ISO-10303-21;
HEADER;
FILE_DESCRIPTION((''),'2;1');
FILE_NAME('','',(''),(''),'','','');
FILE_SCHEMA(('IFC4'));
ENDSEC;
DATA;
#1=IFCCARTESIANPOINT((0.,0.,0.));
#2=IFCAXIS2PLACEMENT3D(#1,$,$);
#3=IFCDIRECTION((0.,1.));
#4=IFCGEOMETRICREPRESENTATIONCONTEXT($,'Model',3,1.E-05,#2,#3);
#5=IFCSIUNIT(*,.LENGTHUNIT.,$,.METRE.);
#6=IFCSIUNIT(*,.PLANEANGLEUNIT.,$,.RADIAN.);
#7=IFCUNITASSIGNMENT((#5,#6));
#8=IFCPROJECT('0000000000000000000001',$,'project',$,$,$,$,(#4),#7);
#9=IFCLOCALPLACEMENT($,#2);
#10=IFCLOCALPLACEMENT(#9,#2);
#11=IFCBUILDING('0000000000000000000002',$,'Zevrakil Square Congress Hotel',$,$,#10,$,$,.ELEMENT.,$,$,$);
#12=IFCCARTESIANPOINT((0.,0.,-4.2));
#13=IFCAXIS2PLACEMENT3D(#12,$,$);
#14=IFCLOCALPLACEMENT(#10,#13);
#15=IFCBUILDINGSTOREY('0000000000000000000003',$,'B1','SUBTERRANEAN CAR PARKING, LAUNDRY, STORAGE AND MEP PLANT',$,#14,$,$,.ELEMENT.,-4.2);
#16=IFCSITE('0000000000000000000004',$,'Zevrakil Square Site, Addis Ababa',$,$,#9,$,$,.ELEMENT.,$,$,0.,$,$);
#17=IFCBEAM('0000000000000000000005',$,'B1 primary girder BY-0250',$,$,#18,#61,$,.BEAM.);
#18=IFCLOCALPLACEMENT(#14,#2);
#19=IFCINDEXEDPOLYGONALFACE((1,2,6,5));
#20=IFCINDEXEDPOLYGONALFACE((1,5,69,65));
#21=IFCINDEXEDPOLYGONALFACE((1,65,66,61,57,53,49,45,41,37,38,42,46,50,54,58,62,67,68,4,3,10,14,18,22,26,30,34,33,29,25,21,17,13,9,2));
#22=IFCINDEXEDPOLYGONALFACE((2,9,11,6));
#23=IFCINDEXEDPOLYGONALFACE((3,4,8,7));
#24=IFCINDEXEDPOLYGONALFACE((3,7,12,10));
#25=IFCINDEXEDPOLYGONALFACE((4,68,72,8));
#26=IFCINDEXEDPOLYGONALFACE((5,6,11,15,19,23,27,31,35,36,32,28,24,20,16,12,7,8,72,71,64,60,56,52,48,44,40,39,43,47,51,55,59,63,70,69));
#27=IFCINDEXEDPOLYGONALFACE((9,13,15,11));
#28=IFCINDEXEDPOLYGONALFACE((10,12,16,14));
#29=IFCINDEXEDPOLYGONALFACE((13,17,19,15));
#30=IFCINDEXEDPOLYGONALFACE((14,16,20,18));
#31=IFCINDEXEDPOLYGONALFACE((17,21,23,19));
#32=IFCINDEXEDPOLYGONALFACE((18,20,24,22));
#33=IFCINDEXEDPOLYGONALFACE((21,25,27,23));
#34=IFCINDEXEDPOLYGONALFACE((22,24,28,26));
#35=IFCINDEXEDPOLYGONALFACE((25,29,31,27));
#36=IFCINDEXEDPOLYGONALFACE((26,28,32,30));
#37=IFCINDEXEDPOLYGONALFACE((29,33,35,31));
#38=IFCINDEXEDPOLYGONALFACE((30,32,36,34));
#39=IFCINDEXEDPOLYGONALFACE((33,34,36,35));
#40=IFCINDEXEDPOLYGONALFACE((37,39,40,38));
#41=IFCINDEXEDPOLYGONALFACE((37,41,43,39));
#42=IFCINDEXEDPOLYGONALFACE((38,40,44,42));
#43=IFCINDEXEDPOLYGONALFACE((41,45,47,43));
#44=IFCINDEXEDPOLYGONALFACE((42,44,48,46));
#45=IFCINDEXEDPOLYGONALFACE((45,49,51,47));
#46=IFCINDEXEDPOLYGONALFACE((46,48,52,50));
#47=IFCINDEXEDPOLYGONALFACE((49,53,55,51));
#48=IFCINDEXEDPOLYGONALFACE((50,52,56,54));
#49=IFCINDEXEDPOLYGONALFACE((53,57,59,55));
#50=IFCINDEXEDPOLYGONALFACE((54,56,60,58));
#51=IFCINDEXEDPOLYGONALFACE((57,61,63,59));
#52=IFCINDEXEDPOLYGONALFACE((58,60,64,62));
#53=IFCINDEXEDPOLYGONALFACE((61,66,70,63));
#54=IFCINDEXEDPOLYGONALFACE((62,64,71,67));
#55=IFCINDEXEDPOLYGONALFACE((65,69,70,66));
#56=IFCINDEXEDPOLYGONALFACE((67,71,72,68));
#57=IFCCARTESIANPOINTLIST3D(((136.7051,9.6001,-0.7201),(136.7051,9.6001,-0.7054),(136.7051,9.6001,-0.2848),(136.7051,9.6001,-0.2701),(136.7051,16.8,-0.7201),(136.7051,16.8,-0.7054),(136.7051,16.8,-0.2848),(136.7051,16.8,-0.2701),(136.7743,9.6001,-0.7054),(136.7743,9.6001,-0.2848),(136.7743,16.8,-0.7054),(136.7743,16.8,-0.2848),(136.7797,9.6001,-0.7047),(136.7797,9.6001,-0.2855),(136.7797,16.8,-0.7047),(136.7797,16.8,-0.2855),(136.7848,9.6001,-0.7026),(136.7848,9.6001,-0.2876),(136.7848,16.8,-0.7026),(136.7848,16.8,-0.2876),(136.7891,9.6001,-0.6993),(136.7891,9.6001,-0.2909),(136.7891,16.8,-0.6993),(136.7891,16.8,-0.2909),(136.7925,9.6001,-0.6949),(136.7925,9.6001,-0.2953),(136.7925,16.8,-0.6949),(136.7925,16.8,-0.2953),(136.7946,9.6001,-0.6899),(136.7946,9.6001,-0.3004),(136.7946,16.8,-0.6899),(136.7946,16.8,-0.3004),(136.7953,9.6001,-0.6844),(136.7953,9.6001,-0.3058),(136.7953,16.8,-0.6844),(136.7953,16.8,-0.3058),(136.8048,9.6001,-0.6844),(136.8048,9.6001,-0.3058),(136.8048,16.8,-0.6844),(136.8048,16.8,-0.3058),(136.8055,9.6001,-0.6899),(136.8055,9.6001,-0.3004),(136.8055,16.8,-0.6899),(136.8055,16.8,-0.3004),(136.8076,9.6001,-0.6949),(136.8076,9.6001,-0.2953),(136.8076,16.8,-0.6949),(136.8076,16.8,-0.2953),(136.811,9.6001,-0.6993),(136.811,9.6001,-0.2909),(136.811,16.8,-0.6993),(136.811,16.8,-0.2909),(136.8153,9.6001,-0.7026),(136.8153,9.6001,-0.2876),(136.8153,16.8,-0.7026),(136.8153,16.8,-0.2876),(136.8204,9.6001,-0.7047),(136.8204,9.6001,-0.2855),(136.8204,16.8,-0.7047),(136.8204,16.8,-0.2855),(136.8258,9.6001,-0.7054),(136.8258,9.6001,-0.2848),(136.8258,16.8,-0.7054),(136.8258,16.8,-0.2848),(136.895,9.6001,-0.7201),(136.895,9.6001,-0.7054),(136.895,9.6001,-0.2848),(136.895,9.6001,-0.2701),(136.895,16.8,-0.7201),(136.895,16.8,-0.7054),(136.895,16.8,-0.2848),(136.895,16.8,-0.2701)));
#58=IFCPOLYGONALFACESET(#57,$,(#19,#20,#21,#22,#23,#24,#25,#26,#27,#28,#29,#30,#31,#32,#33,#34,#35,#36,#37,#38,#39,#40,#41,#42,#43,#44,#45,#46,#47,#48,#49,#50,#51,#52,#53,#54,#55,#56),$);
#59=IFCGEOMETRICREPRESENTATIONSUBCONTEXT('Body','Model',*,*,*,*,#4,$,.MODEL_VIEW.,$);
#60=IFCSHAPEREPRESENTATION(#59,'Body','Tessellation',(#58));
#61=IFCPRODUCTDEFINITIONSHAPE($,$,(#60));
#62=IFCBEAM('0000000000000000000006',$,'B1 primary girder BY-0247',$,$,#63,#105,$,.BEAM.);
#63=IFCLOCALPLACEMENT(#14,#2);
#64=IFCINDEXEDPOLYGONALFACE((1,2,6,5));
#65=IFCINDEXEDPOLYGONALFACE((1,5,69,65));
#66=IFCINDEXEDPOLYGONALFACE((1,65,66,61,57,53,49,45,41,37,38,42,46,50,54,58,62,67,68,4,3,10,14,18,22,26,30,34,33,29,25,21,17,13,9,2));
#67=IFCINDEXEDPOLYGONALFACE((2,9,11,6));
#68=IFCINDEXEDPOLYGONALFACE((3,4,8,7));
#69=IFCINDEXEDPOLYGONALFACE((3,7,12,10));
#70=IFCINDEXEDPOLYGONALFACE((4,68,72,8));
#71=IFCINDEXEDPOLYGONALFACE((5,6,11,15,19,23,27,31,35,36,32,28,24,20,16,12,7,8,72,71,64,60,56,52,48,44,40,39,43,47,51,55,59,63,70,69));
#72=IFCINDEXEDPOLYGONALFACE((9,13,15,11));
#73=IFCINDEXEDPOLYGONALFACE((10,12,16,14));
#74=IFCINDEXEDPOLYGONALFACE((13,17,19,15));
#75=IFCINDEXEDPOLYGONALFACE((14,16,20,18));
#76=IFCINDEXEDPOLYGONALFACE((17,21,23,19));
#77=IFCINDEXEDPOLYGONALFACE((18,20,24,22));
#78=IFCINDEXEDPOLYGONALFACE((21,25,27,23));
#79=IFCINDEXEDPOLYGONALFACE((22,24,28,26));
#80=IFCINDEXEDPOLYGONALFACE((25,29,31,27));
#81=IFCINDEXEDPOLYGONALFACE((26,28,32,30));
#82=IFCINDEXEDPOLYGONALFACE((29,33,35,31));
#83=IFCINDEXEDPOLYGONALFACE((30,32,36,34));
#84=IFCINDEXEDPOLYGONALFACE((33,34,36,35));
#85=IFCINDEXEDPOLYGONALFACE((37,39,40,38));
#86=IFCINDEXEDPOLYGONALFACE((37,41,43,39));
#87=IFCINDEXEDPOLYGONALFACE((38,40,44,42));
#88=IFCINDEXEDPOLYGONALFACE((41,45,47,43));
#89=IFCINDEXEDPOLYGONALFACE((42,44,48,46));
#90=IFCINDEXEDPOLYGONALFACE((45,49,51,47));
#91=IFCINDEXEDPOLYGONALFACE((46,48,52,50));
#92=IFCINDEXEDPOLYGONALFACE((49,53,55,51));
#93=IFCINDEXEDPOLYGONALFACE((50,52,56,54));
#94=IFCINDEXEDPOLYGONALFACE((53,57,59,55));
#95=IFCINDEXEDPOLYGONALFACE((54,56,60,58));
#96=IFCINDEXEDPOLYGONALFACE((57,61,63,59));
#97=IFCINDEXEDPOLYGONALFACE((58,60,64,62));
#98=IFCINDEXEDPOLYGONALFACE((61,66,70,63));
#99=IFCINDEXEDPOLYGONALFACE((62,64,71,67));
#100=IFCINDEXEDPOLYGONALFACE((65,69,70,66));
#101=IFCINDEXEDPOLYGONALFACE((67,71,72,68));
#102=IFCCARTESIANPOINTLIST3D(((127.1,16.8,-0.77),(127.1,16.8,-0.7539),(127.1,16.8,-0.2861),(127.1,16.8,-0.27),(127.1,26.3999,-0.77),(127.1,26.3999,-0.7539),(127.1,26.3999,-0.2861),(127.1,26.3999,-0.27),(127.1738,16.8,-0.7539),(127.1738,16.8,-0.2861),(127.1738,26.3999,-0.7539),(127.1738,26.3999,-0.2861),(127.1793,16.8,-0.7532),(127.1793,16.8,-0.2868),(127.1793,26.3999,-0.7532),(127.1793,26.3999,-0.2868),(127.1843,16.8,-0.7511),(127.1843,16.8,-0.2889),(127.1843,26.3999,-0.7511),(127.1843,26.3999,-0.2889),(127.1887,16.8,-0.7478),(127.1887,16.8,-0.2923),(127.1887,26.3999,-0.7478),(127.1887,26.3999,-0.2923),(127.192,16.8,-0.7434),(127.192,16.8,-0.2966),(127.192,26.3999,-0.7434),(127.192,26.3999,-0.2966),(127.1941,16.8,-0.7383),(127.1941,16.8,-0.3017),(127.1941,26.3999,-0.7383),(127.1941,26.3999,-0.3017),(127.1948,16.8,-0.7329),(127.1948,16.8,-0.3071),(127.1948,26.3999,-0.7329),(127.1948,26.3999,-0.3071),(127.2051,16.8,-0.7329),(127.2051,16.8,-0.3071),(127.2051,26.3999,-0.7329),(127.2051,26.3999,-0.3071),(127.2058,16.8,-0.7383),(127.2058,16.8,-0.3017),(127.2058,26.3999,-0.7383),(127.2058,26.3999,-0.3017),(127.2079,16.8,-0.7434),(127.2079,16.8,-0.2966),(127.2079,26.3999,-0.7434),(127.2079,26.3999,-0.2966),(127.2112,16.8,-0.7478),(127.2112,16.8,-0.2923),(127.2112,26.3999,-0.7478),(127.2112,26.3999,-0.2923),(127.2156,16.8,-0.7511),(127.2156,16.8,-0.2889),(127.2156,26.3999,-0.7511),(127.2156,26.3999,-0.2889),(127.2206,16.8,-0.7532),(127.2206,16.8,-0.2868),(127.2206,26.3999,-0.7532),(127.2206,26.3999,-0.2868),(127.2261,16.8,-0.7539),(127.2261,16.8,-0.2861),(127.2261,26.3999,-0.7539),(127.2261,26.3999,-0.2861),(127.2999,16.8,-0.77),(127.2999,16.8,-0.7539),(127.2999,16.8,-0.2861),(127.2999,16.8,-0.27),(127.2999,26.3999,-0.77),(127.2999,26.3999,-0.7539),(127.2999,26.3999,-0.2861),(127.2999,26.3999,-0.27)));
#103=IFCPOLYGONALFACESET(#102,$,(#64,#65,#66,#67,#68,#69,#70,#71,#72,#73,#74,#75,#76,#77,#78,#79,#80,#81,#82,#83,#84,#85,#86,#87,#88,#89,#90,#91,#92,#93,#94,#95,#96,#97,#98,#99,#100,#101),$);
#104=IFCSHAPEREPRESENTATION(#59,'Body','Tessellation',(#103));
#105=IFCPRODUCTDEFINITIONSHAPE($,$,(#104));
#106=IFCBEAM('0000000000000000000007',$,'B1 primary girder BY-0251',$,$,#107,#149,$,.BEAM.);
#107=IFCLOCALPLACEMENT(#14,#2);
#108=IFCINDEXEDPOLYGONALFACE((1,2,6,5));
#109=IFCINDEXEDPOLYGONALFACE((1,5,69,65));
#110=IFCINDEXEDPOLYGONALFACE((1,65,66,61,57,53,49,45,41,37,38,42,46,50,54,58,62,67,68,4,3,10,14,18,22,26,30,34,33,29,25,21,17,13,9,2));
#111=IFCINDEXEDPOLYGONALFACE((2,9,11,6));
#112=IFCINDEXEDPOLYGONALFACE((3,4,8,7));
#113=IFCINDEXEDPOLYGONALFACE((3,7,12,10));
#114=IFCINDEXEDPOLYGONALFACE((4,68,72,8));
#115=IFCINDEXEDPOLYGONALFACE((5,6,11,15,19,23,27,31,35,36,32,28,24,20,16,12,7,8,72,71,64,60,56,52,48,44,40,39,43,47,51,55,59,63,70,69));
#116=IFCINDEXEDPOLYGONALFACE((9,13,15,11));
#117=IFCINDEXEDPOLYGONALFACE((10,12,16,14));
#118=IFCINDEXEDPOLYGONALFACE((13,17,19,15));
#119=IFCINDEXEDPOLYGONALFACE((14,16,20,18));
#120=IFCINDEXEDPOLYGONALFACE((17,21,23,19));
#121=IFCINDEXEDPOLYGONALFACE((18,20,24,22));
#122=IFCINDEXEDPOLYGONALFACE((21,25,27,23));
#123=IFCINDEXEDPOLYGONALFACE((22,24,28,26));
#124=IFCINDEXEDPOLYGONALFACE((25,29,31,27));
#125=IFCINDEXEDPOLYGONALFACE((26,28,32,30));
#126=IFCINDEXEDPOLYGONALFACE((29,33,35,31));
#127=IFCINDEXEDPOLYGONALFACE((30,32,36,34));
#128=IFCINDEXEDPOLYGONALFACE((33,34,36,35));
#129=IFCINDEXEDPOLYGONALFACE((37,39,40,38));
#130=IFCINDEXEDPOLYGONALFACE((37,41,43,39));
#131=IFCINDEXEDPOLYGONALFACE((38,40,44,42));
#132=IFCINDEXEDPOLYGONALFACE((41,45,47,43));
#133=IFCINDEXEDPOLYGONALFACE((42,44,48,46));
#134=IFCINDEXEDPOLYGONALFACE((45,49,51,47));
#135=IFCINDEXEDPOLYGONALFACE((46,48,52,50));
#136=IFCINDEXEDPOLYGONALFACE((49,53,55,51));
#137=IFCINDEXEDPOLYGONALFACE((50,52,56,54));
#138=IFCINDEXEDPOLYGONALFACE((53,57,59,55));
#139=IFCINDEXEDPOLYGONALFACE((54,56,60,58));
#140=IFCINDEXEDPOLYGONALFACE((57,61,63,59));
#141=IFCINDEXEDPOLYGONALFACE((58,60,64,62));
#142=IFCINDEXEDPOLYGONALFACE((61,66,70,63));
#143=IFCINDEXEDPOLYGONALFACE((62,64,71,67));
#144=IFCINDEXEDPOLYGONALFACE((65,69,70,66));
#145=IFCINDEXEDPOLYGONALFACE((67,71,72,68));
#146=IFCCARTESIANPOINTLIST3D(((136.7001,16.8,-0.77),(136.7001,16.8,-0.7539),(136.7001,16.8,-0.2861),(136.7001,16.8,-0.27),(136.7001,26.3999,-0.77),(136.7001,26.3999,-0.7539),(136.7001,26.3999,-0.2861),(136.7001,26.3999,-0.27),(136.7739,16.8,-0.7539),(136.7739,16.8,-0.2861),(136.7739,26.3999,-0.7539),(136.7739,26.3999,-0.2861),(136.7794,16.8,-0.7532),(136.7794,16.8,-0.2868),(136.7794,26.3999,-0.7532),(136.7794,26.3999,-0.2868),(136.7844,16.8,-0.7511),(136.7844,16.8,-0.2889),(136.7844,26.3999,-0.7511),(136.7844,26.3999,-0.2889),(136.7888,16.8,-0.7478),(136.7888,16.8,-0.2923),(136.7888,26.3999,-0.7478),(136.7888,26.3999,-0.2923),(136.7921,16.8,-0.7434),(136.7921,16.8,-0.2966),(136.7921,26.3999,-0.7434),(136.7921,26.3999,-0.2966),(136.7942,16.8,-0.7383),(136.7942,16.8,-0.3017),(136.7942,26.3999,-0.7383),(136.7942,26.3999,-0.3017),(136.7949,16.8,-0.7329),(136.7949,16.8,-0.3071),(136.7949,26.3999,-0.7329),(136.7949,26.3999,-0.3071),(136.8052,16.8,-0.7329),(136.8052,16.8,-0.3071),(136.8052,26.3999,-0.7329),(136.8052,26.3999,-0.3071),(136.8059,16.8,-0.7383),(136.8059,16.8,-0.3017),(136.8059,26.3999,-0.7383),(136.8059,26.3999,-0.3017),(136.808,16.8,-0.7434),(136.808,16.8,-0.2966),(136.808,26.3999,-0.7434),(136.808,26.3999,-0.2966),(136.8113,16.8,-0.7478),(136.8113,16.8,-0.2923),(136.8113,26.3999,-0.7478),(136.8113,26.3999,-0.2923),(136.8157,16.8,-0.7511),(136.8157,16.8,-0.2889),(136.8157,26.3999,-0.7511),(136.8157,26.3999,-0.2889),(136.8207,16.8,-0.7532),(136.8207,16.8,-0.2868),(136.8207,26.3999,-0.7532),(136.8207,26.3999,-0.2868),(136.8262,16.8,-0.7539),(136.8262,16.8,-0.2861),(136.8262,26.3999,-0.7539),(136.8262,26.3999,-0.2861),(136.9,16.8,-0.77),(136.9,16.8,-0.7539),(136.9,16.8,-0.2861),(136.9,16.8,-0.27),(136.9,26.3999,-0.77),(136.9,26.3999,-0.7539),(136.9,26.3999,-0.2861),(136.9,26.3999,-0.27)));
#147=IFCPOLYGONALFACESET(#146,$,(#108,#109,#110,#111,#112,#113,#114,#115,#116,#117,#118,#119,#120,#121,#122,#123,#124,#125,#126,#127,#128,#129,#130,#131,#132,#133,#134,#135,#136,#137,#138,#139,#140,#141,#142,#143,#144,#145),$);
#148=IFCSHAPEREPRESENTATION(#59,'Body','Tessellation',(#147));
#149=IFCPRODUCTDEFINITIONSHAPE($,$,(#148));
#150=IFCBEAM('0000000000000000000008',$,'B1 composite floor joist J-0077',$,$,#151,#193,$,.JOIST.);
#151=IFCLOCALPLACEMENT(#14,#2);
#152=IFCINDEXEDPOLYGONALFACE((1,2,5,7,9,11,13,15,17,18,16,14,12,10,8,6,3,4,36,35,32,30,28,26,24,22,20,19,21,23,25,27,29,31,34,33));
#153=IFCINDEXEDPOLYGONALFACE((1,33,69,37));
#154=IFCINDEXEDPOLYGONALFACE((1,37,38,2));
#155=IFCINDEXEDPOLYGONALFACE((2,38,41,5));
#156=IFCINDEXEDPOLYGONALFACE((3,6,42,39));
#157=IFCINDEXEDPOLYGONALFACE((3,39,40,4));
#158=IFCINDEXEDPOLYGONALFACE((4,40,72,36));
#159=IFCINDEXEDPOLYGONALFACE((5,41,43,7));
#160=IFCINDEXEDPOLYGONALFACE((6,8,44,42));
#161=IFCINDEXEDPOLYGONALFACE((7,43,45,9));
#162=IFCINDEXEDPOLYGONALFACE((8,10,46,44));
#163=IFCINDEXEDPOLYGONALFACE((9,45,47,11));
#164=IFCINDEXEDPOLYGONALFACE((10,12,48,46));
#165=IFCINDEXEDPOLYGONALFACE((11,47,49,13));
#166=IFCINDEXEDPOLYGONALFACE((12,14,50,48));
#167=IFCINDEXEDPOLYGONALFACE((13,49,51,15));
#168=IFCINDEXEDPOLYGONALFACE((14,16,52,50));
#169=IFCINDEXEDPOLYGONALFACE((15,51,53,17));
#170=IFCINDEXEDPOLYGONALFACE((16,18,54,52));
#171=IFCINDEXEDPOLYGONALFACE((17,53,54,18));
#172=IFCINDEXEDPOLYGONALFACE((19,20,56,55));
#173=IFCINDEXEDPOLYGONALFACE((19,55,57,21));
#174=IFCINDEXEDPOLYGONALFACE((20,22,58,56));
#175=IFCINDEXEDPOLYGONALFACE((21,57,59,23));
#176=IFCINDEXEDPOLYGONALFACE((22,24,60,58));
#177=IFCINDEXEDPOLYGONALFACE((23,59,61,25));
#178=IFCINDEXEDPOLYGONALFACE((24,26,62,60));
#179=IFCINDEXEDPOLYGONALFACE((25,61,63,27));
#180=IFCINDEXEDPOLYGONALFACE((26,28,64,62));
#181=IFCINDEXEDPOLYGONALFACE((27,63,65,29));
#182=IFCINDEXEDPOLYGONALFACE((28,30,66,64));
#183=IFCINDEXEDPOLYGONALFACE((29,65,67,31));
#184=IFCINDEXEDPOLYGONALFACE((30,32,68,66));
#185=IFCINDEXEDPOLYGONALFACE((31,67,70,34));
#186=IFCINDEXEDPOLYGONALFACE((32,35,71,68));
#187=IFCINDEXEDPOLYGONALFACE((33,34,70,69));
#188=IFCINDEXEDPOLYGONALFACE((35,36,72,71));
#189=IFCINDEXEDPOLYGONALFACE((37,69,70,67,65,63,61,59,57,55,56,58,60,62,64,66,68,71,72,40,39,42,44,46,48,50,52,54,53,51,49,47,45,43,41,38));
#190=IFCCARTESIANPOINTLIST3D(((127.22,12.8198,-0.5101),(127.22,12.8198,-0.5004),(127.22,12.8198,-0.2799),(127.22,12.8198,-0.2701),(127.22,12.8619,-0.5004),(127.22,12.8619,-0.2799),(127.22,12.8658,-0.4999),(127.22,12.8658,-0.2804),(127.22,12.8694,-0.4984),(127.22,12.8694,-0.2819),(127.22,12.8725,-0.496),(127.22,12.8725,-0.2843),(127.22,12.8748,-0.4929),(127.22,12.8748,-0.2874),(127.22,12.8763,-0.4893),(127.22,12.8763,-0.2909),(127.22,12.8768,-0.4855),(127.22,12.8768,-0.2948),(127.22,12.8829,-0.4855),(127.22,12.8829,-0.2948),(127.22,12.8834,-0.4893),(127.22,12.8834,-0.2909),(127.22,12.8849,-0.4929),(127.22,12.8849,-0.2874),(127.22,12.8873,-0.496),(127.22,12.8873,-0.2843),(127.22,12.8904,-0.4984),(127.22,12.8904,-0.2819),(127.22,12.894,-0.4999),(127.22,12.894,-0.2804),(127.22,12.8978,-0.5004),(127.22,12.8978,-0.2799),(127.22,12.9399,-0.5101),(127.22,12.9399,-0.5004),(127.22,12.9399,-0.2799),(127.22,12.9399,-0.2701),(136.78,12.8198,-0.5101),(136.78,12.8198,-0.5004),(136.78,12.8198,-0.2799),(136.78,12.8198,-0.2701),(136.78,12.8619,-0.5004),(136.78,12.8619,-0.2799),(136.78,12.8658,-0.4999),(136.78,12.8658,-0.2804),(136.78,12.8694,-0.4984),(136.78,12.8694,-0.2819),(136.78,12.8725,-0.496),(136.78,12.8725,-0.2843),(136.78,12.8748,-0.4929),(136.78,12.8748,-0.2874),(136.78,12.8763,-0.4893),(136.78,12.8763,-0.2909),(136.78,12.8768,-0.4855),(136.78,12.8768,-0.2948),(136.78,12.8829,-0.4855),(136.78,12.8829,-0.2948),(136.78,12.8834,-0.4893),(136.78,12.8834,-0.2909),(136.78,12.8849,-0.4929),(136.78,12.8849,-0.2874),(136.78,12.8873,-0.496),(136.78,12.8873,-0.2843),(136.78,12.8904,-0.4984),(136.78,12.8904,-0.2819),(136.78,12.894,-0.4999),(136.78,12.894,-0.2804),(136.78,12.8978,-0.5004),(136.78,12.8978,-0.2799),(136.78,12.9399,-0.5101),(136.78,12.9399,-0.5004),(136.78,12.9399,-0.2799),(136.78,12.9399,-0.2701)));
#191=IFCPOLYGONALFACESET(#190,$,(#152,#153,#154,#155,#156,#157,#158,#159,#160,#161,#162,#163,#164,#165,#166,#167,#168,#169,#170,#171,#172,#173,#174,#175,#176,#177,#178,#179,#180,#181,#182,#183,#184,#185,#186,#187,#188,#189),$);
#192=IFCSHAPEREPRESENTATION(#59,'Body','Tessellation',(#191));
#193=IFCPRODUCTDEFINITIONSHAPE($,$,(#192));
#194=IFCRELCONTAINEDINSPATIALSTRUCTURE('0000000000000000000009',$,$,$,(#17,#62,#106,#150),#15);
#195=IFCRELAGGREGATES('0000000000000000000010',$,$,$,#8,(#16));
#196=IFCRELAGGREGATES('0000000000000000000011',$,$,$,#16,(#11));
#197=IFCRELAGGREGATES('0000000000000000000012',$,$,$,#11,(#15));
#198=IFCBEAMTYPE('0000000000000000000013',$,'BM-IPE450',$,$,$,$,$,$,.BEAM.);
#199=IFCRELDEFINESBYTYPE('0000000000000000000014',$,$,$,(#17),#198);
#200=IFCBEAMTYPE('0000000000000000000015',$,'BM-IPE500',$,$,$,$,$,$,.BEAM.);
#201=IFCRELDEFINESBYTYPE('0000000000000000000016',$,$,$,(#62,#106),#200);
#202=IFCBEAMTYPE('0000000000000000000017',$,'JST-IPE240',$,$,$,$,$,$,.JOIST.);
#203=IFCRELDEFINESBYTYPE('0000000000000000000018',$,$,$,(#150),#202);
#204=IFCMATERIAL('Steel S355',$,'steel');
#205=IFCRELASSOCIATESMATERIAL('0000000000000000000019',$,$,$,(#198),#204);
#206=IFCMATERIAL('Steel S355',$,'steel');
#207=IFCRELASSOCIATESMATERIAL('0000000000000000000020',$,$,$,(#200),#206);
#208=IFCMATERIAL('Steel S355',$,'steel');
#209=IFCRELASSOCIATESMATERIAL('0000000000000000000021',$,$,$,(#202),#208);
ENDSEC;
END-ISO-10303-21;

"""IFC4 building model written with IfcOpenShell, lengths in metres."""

from ifc_helpers import new_model, si_unit, direction, frame, origin, origin_2d, place, context, subcontext, project, spatial, i_section, extrude, material, material_profile, profile_set, type_object, element, save


model = new_model("IFC4")

# Units and contexts
model_context = context("Model", 3, precision=1e-05, world=origin(), true_north=direction((0.0, 1.0)))
body_context = subcontext(model_context, "Body", "Model", "MODEL_VIEW")
ifc_project = project(units=[si_unit("LENGTHUNIT", "METRE"), si_unit("PLANEANGLEUNIT", "RADIAN")], contexts=[model_context])

# Site, building, storey
site_placement = place(None, origin())
site = spatial("IfcSite", under=ifc_project, at=site_placement, Name="Zevrakil Square Site, Addis Ababa", CompositionType="ELEMENT", RefElevation=0.0)
building_placement = place(site_placement, origin())
building = spatial("IfcBuilding", under=site, at=building_placement, Name="Zevrakil Square Congress Hotel", CompositionType="ELEMENT")
storey_placement = place(building_placement, frame((0.0, 0.0, -4.2)))
storey = spatial("IfcBuildingStorey", under=building, at=storey_placement, Name="B1", Description="SUBTERRANEAN CAR PARKING, LAUNDRY, STORAGE AND MEP PLANT", CompositionType="ELEMENT", Elevation=-4.2)

# Beams
ifc_material_1 = material(Name="Steel S355", Category="steel")
ifc_material_profile_1 = material_profile(ifc_material_1, i_section(OverallWidth=0.1899, OverallDepth=0.45, WebThickness=0.0095, FlangeThickness=0.0146, FilletRadius=0.021, at=origin_2d()), Name="IPE 450")
ifc_profile_set_1 = profile_set([ifc_material_profile_1], Name="Steel S355")
beam_type_1 = type_object("IfcBeamType", Name="BM-IPE450", PredefinedType="BEAM", material=ifc_profile_set_1)
for number, where, z_axis, x_axis, name in (
    (1, (136.8, 9.6001, -0.4951), (0.0, 1.0, 0.0), (-1.0, 0.0, 0.0), "B1 primary girder BY-0250"),
):
    element("IfcBeam", number, at=place(storey_placement, frame(where, z_axis=z_axis, x_axis=x_axis)), inside=storey, type_object=beam_type_1, Name=name, PredefinedType="BEAM", context=body_context, shape_type="SweptSolid", body=[
        extrude(i_section(OverallWidth=0.1899, OverallDepth=0.45, WebThickness=0.0095, FlangeThickness=0.0146, FilletRadius=0.021, at=origin_2d()), origin(), (0.0, 0.0, 1.0), 7.2),
    ])
ifc_material_2 = material(Name="Steel S355", Category="steel")
ifc_material_profile_2 = material_profile(ifc_material_2, i_section(OverallWidth=0.2, OverallDepth=0.5, WebThickness=0.0103, FlangeThickness=0.0161, FilletRadius=0.021, at=origin_2d()), Name="IPE 500")
ifc_profile_set_2 = profile_set([ifc_material_profile_2], Name="Steel S355")
beam_type_2 = type_object("IfcBeamType", Name="BM-IPE500", PredefinedType="BEAM", material=ifc_profile_set_2)
for number, where, z_axis, x_axis, name in (
    (2, (127.2, 16.8, -0.52), (0.0, 1.0, 0.0), (-1.0, 0.0, 0.0), "B1 primary girder BY-0247"),
    (3, (136.8, 16.8, -0.52), (0.0, 1.0, 0.0), (-1.0, 0.0, 0.0), "B1 primary girder BY-0251"),
):
    element("IfcBeam", number, at=place(storey_placement, frame(where, z_axis=z_axis, x_axis=x_axis)), inside=storey, type_object=beam_type_2, Name=name, PredefinedType="BEAM", context=body_context, shape_type="SweptSolid", body=[
        extrude(i_section(OverallWidth=0.2, OverallDepth=0.5, WebThickness=0.0103, FlangeThickness=0.0161, FilletRadius=0.021, at=origin_2d()), origin(), (0.0, 0.0, 1.0), 9.5999),
    ])
ifc_material_3 = material(Name="Steel S355", Category="steel")
ifc_material_profile_3 = material_profile(ifc_material_3, i_section(OverallWidth=0.1201, OverallDepth=0.24, WebThickness=0.0061, FlangeThickness=0.0098, FilletRadius=0.0149, at=origin_2d()), Name="IPE 240")
ifc_profile_set_3 = profile_set([ifc_material_profile_3], Name="Steel S355")
beam_type_3 = type_object("IfcBeamType", Name="JST-IPE240", PredefinedType="JOIST", material=ifc_profile_set_3)
beam_1_placement = place(storey_placement, frame((127.22, 12.8799, -0.3901), z_axis=(1.0, 0.0, 0.0), x_axis=(0.0, 1.0, 0.0)))
element("IfcBeam", 4, at=beam_1_placement, inside=storey, type_object=beam_type_3, Name="B1 composite floor joist J-0077", PredefinedType="JOIST", context=body_context, shape_type="SweptSolid", body=[
    extrude(i_section(OverallWidth=0.1201, OverallDepth=0.24, WebThickness=0.0061, FlangeThickness=0.0098, FilletRadius=0.0149, at=origin_2d()), origin(), (0.0, 0.0, 1.0), 9.5601),
])

save(model, "model.ifc")
